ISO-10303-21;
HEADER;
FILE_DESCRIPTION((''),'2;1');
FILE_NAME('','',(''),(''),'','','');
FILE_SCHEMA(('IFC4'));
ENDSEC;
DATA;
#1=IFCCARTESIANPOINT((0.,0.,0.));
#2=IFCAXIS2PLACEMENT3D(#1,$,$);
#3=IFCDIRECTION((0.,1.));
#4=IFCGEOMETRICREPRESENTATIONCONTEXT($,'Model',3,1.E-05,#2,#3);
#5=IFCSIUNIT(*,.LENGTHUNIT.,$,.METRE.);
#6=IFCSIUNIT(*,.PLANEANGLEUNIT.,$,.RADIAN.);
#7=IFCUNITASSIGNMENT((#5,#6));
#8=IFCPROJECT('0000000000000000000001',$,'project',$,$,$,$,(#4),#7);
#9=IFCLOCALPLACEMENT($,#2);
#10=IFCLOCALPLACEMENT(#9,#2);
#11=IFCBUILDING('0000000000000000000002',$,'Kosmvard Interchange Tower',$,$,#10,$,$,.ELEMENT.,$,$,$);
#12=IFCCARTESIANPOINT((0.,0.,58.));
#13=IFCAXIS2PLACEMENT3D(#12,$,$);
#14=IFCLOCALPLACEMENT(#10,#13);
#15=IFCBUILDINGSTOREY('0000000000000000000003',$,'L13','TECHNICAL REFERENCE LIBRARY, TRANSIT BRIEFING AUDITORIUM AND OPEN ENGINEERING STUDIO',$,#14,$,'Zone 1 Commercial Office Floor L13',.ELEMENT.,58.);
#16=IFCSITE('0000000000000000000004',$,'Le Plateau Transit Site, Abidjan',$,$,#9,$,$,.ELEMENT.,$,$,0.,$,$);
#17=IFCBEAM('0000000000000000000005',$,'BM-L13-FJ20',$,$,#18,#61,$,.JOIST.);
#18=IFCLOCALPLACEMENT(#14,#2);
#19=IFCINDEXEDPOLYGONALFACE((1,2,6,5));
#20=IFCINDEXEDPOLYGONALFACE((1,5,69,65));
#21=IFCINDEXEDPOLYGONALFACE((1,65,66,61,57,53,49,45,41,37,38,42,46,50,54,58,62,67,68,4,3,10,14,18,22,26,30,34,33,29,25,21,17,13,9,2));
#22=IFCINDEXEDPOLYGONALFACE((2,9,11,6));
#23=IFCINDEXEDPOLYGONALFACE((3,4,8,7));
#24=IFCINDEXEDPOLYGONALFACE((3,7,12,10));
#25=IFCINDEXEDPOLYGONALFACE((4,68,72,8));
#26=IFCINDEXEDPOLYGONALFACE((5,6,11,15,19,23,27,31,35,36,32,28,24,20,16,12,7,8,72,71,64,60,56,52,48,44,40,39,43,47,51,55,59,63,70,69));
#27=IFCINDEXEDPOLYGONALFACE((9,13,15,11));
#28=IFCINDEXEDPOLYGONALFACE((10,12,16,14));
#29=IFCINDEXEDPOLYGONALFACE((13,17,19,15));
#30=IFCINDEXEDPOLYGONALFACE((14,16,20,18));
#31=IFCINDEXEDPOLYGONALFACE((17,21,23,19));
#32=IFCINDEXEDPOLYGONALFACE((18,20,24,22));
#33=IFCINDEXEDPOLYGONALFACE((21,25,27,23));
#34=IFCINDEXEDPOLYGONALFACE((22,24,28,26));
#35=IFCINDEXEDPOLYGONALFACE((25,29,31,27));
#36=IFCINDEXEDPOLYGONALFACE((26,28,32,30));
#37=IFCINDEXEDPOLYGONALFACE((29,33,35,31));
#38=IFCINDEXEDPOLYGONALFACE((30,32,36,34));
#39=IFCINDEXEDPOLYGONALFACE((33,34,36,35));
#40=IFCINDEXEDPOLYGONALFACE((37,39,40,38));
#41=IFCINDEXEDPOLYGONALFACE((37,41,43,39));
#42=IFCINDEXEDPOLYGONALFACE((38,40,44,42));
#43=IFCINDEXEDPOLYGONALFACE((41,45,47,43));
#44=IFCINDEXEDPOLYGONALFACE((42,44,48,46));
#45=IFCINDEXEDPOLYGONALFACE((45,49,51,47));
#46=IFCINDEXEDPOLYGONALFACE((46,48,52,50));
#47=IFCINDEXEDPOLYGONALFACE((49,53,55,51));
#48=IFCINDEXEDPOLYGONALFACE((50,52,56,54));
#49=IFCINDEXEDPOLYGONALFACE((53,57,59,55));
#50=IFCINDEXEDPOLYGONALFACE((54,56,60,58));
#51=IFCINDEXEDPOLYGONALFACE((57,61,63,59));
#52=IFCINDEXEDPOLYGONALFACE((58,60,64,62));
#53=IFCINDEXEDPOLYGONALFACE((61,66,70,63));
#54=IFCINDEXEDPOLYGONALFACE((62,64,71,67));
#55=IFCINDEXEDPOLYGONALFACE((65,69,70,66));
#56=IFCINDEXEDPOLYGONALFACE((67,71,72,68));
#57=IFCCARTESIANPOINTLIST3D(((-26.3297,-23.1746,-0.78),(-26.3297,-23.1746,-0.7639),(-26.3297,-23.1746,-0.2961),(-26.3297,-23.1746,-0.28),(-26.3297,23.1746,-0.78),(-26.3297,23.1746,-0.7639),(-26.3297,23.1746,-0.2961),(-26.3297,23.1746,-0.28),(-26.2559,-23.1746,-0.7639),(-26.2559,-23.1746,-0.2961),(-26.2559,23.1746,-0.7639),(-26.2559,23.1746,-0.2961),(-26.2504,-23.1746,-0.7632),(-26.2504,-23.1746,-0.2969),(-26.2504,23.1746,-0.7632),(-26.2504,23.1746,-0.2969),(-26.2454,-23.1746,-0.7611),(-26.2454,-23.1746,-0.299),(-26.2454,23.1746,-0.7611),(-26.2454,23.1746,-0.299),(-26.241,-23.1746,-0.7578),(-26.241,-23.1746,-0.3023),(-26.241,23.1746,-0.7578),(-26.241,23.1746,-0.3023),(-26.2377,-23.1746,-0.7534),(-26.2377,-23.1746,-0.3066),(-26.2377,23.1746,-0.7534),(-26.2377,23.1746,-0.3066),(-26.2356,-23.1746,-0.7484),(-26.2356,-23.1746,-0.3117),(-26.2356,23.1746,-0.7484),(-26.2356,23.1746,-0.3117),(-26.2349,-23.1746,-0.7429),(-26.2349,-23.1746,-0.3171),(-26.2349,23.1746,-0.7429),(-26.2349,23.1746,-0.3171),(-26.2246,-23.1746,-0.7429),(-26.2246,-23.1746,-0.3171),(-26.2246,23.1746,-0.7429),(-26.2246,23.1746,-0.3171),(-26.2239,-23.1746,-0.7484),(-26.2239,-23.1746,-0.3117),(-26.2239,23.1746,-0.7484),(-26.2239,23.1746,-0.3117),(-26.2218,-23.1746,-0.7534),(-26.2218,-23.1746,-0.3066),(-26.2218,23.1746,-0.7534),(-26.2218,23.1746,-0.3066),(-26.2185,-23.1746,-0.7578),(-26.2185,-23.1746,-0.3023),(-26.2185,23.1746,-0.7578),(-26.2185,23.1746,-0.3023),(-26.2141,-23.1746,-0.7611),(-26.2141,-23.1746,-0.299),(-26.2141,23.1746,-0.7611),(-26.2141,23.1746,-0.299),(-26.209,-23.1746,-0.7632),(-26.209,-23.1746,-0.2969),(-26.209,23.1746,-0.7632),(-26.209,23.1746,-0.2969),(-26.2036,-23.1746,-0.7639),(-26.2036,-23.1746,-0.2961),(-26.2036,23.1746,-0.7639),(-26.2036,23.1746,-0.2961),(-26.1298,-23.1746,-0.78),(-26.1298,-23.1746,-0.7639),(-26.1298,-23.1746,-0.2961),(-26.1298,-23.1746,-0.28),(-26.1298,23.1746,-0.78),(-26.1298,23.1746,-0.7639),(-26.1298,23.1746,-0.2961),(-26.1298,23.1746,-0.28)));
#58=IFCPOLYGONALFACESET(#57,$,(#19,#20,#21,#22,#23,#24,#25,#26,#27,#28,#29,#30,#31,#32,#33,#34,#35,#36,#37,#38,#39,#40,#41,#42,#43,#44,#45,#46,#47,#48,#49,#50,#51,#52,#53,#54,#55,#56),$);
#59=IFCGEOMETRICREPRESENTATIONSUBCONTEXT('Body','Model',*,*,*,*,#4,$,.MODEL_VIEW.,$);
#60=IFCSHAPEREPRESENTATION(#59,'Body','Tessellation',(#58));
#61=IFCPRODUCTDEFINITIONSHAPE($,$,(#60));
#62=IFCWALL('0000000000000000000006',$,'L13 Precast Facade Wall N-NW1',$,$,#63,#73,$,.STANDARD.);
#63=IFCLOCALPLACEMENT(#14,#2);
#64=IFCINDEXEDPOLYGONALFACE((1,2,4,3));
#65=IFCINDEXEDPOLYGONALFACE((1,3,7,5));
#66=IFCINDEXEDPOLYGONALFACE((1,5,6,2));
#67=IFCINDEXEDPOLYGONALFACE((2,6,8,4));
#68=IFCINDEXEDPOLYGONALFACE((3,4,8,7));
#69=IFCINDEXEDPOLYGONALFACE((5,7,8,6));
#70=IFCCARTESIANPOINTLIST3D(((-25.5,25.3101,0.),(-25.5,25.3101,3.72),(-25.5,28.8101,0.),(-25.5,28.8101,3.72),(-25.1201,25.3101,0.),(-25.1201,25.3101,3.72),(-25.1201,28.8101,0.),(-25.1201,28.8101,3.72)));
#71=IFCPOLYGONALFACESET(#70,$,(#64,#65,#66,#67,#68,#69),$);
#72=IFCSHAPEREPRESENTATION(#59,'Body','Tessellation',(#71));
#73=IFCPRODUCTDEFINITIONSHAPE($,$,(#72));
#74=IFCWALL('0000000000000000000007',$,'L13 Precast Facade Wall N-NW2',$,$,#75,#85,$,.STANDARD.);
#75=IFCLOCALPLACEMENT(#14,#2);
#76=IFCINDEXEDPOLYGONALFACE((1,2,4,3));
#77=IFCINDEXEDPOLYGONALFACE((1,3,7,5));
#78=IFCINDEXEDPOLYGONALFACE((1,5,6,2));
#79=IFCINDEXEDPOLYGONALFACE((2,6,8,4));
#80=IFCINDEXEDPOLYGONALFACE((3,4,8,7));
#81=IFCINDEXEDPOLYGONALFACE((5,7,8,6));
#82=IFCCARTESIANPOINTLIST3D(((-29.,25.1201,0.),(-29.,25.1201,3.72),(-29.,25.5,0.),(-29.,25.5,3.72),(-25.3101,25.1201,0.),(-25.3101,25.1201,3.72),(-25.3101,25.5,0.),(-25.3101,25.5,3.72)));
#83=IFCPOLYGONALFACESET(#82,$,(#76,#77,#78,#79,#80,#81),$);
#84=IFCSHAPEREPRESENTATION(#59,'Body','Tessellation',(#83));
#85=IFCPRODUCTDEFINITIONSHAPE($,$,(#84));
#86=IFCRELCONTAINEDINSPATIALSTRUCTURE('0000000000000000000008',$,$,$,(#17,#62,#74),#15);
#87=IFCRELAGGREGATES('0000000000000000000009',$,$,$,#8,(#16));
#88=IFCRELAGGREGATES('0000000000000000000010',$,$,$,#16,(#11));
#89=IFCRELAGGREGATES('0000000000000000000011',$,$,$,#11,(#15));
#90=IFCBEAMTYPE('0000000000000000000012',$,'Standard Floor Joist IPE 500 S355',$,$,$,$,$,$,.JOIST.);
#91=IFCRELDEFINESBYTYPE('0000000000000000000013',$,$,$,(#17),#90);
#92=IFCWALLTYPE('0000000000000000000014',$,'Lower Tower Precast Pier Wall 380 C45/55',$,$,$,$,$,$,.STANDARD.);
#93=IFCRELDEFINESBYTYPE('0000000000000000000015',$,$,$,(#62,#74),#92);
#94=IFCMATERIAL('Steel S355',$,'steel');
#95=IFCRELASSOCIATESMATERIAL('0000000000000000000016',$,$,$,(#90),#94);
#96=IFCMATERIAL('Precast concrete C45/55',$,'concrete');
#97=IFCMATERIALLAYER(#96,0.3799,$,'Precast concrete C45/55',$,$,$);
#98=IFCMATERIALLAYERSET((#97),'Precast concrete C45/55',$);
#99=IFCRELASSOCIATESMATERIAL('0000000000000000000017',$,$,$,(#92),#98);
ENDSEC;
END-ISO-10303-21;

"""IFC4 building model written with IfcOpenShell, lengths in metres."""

from ifc_helpers import new_model, si_unit, direction, frame, frame_2d, origin, origin_2d, place, context, subcontext, project, spatial, rectangle, i_section, extrude, source, transform, mapped, material, layer, layer_set, material_profile, profile_set, type_object, element, save


model = new_model("IFC4")

# Units and contexts
model_context = context("Model", 3, precision=1e-05, world=origin(), true_north=direction((0.0, 1.0)))
body_context = subcontext(model_context, "Body", "Model", "MODEL_VIEW")
ifc_project = project(units=[si_unit("LENGTHUNIT", "METRE"), si_unit("PLANEANGLEUNIT", "RADIAN")], contexts=[model_context])

# Site, building, storey
site_placement = place(None, origin())
site = spatial("IfcSite", under=ifc_project, at=site_placement, Name="Le Plateau Transit Site, Abidjan", CompositionType="ELEMENT", RefElevation=0.0)
building_placement = place(site_placement, origin())
building = spatial("IfcBuilding", under=site, at=building_placement, Name="Kosmvard Interchange Tower", CompositionType="ELEMENT")
storey_placement = place(building_placement, frame((0.0, 0.0, 58.0)))
storey = spatial("IfcBuildingStorey", under=building, at=storey_placement, Name="L13", Description="TECHNICAL REFERENCE LIBRARY, TRANSIT BRIEFING AUDITORIUM AND OPEN ENGINEERING STUDIO", LongName="Zone 1 Commercial Office Floor L13", CompositionType="ELEMENT", Elevation=58.0)

# Beam
ifc_material_1 = material(Name="Steel S355", Category="steel")
ifc_material_2 = material(Name="Precast concrete C45/55", Category="concrete")
ifc_material_profile_1 = material_profile(ifc_material_1, i_section(OverallWidth=0.2, OverallDepth=0.5, WebThickness=0.0103, FlangeThickness=0.0161, FilletRadius=0.021, at=origin_2d()), Name="IPE 500")
ifc_profile_set_1 = profile_set([ifc_material_profile_1], Name="Steel S355")
beam_type_1 = type_object("IfcBeamType", Name="Standard Floor Joist IPE 500 S355", PredefinedType="JOIST", material=ifc_profile_set_1)
shared_shape_1 = source(origin(), body_context, "Body", "SweptSolid", [
    extrude(i_section(OverallWidth=0.2, OverallDepth=0.5, WebThickness=0.0103, FlangeThickness=0.0161, FilletRadius=0.021, at=origin_2d()), origin(), (0.0, 0.0, 1.0), 46.3491),
])
beam_1_placement = place(storey_placement, frame((-26.2297, 23.1746, -0.53), z_axis=(0.0, -1.0, 0.0), x_axis=(1.0, 0.0, 0.0)))
element("IfcBeam", 1, at=beam_1_placement, inside=storey, type_object=beam_type_1, Name="BM-L13-FJ20", PredefinedType="JOIST", context=body_context, shape_type="MappedRepresentation", body=[
    mapped(shared_shape_1, transform((0.0, 0.0, 0.0), scale=1.0)),
])

# Walls
ifc_layer_1 = layer(ifc_material_2, 0.3799, Name="Precast concrete C45/55")
ifc_layer_set_1 = layer_set([ifc_layer_1], Name="Precast concrete C45/55")
wall_type = type_object("IfcWallType", Name="Lower Tower Precast Pier Wall 380 C45/55", PredefinedType="STANDARD", material=ifc_layer_set_1)
wall_1_placement = place(storey_placement, frame((-25.3101, 28.8101, 0.0), z_axis=(0.0, 0.0, 1.0), x_axis=(0.0, -1.0, 0.0)))
element("IfcWall", 2, at=wall_1_placement, inside=storey, type_object=wall_type, Name="L13 Precast Facade Wall N-NW1", PredefinedType="STANDARD", context=body_context, shape_type="SweptSolid", body=[
    extrude(rectangle(XDim=3.5, YDim=0.3799, at=frame_2d((1.75, 0.0))), origin(), (0.0, 0.0, 1.0), 3.72),
])
wall_2_placement = place(storey_placement, frame((-25.3101, 25.3101, 0.0), z_axis=(0.0, 0.0, 1.0), x_axis=(-1.0, 0.0, 0.0)))
element("IfcWall", 3, at=wall_2_placement, inside=storey, type_object=wall_type, Name="L13 Precast Facade Wall N-NW2", PredefinedType="STANDARD", context=body_context, shape_type="SweptSolid", body=[
    extrude(rectangle(XDim=3.6899, YDim=0.3799, at=frame_2d((1.845, 0.0))), origin(), (0.0, 0.0, 1.0), 3.72),
])

save(model, "model.ifc")
